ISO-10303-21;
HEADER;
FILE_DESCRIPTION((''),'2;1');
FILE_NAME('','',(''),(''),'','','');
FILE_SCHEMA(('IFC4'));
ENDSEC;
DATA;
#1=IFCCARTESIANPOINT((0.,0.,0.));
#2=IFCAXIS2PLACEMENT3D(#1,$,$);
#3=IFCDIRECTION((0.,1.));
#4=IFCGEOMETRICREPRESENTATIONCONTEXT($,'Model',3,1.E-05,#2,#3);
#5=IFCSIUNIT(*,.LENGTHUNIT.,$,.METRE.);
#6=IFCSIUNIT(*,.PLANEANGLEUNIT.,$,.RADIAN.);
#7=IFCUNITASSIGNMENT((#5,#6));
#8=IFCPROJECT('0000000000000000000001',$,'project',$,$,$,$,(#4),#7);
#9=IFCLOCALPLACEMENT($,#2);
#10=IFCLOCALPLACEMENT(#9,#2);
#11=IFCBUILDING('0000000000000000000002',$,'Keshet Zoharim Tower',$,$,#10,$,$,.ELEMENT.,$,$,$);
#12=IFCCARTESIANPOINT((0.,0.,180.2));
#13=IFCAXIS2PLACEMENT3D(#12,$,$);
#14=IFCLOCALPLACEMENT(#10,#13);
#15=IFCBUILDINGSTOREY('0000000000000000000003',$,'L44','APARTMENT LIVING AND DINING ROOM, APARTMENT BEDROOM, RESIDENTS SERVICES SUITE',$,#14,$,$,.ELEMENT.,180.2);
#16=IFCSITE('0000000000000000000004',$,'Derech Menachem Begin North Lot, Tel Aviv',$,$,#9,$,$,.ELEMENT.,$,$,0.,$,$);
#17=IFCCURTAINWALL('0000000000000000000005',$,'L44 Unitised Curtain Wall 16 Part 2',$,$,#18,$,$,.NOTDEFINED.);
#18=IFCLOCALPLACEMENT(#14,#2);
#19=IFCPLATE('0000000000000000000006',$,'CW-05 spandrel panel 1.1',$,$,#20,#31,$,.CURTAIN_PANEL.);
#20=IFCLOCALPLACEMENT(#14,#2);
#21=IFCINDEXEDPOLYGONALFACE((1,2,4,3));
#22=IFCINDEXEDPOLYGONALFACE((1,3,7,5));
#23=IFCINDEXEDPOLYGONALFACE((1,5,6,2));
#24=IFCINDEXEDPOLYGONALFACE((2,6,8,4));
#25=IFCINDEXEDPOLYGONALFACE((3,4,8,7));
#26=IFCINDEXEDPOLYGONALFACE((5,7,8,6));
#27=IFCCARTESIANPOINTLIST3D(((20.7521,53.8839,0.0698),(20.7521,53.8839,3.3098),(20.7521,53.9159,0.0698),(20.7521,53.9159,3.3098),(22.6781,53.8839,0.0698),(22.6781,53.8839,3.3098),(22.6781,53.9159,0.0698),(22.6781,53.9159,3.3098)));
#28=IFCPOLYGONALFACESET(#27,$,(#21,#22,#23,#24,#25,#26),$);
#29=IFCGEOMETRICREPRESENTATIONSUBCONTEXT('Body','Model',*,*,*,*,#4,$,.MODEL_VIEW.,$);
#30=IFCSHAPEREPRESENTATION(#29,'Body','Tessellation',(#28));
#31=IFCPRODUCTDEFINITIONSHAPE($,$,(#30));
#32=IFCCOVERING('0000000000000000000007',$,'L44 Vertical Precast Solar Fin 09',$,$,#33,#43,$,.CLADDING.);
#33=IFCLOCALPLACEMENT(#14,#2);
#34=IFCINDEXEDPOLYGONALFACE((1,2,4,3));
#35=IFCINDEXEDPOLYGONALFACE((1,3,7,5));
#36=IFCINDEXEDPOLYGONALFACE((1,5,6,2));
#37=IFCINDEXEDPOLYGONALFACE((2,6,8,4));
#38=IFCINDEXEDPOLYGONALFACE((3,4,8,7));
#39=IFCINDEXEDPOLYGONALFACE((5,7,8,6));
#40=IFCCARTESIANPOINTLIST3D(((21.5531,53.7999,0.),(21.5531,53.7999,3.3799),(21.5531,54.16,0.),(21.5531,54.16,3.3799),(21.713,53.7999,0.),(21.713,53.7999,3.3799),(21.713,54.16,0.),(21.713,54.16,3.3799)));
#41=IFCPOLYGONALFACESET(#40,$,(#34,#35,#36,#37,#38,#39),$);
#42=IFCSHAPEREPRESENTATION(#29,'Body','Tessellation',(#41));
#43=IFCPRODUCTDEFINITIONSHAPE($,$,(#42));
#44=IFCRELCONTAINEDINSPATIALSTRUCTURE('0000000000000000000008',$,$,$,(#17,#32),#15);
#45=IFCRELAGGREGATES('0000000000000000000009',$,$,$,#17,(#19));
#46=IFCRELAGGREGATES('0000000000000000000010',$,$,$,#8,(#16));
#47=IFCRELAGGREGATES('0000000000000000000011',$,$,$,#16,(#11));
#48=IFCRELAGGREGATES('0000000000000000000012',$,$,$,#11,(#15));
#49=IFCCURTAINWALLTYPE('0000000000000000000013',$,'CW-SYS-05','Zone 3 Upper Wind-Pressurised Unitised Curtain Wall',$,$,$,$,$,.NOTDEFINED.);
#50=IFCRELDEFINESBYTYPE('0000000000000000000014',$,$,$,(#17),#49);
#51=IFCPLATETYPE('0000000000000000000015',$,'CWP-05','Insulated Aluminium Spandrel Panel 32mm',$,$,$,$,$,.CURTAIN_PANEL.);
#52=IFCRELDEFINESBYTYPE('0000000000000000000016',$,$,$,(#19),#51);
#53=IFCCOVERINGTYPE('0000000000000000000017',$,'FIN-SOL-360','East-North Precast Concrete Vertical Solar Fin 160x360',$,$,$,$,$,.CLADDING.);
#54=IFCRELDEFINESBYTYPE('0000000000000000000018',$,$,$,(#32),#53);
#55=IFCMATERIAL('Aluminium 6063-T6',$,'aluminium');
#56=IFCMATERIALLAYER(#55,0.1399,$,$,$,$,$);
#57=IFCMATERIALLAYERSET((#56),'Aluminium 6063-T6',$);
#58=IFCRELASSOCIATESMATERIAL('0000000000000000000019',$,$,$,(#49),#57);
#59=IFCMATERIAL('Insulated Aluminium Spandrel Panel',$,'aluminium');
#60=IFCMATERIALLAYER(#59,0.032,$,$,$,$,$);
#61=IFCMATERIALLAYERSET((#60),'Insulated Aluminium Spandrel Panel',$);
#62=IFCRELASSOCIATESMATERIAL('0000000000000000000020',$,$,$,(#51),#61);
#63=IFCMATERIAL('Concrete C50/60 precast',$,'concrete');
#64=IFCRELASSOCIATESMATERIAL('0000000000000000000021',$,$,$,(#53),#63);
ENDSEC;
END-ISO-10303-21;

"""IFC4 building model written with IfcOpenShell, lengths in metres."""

from ifc_helpers import new_model, si_unit, direction, frame, origin, origin_2d, place, context, subcontext, project, spatial, rectangle, extrude, material, layer, layer_set, type_object, element, aggregate, save


model = new_model("IFC4")

# Units and contexts
model_context = context("Model", 3, precision=1e-05, world=origin(), true_north=direction((0.0, 1.0)))
body_context = subcontext(model_context, "Body", "Model", "MODEL_VIEW")
ifc_project = project(units=[si_unit("LENGTHUNIT", "METRE"), si_unit("PLANEANGLEUNIT", "RADIAN")], contexts=[model_context])

# Site, building, storey
site_placement = place(None, origin())
site = spatial("IfcSite", under=ifc_project, at=site_placement, Name="Derech Menachem Begin North Lot, Tel Aviv", CompositionType="ELEMENT", RefElevation=0.0)
building_placement = place(site_placement, origin())
building = spatial("IfcBuilding", under=site, at=building_placement, Name="Keshet Zoharim Tower", CompositionType="ELEMENT")
storey_placement = place(building_placement, frame((0.0, 0.0, 180.2)))
storey = spatial("IfcBuildingStorey", under=building, at=storey_placement, Name="L44", Description="APARTMENT LIVING AND DINING ROOM, APARTMENT BEDROOM, RESIDENTS SERVICES SUITE", CompositionType="ELEMENT", Elevation=180.2)

# Shared definitions
ifc_material_1 = material(Name="Aluminium 6063-T6", Category="aluminium")
ifc_layer_1 = layer(ifc_material_1, 0.1399)
ifc_layer_set_1 = layer_set([ifc_layer_1], Name="Aluminium 6063-T6")
curtain_wall_type = type_object("IfcCurtainWallType", Name="CW-SYS-05", Description="Zone 3 Upper Wind-Pressurised Unitised Curtain Wall", PredefinedType="NOTDEFINED", material=ifc_layer_set_1)

# Curtain wall
curtain_wall_1_placement = place(storey_placement, origin())
curtain_wall_1 = element("IfcCurtainWall", 1, at=curtain_wall_1_placement, inside=storey, type_object=curtain_wall_type, Name="L44 Unitised Curtain Wall 16 Part 2", PredefinedType="NOTDEFINED")

# Plate
ifc_material_2 = material(Name="Insulated Aluminium Spandrel Panel", Category="aluminium")
ifc_layer_2 = layer(ifc_material_2, 0.032)
ifc_layer_set_2 = layer_set([ifc_layer_2], Name="Insulated Aluminium Spandrel Panel")
plate_type_1 = type_object("IfcPlateType", Name="CWP-05", Description="Insulated Aluminium Spandrel Panel 32mm", PredefinedType="CURTAIN_PANEL", material=ifc_layer_set_2)
plate_1_placement = place(storey_placement, frame((21.7151, 53.8999, 0.0698), z_axis=(0.0, 0.0, 1.0), x_axis=(1.0, 0.0, 0.0)))
plate_1 = element("IfcPlate", 2, at=plate_1_placement, type_object=plate_type_1, Name="CW-05 spandrel panel 1.1", PredefinedType="CURTAIN_PANEL", context=body_context, shape_type="SweptSolid", body=[
    extrude(rectangle(XDim=1.926, YDim=0.032, at=origin_2d()), origin(), (0.0, 0.0, 1.0), 3.24),
])
aggregate(curtain_wall_1, [plate_1])

# Covering
ifc_material_3 = material(Name="Concrete C50/60 precast", Category="concrete")
covering_type = type_object("IfcCoveringType", Name="FIN-SOL-360", Description="East-North Precast Concrete Vertical Solar Fin 160x360", PredefinedType="CLADDING", material=ifc_material_3)
covering_placement = place(storey_placement, frame((21.6331, 53.98, 0.0), z_axis=(0.0, 0.0, 1.0), x_axis=(1.0, 0.0, 0.0)))
element("IfcCovering", 3, at=covering_placement, inside=storey, type_object=covering_type, Name="L44 Vertical Precast Solar Fin 09", PredefinedType="CLADDING", context=body_context, shape_type="SweptSolid", body=[
    extrude(rectangle(XDim=0.1599, YDim=0.3601, at=origin_2d()), origin(), (0.0, 0.0, 1.0), 3.3799),
])

save(model, "model.ifc")
